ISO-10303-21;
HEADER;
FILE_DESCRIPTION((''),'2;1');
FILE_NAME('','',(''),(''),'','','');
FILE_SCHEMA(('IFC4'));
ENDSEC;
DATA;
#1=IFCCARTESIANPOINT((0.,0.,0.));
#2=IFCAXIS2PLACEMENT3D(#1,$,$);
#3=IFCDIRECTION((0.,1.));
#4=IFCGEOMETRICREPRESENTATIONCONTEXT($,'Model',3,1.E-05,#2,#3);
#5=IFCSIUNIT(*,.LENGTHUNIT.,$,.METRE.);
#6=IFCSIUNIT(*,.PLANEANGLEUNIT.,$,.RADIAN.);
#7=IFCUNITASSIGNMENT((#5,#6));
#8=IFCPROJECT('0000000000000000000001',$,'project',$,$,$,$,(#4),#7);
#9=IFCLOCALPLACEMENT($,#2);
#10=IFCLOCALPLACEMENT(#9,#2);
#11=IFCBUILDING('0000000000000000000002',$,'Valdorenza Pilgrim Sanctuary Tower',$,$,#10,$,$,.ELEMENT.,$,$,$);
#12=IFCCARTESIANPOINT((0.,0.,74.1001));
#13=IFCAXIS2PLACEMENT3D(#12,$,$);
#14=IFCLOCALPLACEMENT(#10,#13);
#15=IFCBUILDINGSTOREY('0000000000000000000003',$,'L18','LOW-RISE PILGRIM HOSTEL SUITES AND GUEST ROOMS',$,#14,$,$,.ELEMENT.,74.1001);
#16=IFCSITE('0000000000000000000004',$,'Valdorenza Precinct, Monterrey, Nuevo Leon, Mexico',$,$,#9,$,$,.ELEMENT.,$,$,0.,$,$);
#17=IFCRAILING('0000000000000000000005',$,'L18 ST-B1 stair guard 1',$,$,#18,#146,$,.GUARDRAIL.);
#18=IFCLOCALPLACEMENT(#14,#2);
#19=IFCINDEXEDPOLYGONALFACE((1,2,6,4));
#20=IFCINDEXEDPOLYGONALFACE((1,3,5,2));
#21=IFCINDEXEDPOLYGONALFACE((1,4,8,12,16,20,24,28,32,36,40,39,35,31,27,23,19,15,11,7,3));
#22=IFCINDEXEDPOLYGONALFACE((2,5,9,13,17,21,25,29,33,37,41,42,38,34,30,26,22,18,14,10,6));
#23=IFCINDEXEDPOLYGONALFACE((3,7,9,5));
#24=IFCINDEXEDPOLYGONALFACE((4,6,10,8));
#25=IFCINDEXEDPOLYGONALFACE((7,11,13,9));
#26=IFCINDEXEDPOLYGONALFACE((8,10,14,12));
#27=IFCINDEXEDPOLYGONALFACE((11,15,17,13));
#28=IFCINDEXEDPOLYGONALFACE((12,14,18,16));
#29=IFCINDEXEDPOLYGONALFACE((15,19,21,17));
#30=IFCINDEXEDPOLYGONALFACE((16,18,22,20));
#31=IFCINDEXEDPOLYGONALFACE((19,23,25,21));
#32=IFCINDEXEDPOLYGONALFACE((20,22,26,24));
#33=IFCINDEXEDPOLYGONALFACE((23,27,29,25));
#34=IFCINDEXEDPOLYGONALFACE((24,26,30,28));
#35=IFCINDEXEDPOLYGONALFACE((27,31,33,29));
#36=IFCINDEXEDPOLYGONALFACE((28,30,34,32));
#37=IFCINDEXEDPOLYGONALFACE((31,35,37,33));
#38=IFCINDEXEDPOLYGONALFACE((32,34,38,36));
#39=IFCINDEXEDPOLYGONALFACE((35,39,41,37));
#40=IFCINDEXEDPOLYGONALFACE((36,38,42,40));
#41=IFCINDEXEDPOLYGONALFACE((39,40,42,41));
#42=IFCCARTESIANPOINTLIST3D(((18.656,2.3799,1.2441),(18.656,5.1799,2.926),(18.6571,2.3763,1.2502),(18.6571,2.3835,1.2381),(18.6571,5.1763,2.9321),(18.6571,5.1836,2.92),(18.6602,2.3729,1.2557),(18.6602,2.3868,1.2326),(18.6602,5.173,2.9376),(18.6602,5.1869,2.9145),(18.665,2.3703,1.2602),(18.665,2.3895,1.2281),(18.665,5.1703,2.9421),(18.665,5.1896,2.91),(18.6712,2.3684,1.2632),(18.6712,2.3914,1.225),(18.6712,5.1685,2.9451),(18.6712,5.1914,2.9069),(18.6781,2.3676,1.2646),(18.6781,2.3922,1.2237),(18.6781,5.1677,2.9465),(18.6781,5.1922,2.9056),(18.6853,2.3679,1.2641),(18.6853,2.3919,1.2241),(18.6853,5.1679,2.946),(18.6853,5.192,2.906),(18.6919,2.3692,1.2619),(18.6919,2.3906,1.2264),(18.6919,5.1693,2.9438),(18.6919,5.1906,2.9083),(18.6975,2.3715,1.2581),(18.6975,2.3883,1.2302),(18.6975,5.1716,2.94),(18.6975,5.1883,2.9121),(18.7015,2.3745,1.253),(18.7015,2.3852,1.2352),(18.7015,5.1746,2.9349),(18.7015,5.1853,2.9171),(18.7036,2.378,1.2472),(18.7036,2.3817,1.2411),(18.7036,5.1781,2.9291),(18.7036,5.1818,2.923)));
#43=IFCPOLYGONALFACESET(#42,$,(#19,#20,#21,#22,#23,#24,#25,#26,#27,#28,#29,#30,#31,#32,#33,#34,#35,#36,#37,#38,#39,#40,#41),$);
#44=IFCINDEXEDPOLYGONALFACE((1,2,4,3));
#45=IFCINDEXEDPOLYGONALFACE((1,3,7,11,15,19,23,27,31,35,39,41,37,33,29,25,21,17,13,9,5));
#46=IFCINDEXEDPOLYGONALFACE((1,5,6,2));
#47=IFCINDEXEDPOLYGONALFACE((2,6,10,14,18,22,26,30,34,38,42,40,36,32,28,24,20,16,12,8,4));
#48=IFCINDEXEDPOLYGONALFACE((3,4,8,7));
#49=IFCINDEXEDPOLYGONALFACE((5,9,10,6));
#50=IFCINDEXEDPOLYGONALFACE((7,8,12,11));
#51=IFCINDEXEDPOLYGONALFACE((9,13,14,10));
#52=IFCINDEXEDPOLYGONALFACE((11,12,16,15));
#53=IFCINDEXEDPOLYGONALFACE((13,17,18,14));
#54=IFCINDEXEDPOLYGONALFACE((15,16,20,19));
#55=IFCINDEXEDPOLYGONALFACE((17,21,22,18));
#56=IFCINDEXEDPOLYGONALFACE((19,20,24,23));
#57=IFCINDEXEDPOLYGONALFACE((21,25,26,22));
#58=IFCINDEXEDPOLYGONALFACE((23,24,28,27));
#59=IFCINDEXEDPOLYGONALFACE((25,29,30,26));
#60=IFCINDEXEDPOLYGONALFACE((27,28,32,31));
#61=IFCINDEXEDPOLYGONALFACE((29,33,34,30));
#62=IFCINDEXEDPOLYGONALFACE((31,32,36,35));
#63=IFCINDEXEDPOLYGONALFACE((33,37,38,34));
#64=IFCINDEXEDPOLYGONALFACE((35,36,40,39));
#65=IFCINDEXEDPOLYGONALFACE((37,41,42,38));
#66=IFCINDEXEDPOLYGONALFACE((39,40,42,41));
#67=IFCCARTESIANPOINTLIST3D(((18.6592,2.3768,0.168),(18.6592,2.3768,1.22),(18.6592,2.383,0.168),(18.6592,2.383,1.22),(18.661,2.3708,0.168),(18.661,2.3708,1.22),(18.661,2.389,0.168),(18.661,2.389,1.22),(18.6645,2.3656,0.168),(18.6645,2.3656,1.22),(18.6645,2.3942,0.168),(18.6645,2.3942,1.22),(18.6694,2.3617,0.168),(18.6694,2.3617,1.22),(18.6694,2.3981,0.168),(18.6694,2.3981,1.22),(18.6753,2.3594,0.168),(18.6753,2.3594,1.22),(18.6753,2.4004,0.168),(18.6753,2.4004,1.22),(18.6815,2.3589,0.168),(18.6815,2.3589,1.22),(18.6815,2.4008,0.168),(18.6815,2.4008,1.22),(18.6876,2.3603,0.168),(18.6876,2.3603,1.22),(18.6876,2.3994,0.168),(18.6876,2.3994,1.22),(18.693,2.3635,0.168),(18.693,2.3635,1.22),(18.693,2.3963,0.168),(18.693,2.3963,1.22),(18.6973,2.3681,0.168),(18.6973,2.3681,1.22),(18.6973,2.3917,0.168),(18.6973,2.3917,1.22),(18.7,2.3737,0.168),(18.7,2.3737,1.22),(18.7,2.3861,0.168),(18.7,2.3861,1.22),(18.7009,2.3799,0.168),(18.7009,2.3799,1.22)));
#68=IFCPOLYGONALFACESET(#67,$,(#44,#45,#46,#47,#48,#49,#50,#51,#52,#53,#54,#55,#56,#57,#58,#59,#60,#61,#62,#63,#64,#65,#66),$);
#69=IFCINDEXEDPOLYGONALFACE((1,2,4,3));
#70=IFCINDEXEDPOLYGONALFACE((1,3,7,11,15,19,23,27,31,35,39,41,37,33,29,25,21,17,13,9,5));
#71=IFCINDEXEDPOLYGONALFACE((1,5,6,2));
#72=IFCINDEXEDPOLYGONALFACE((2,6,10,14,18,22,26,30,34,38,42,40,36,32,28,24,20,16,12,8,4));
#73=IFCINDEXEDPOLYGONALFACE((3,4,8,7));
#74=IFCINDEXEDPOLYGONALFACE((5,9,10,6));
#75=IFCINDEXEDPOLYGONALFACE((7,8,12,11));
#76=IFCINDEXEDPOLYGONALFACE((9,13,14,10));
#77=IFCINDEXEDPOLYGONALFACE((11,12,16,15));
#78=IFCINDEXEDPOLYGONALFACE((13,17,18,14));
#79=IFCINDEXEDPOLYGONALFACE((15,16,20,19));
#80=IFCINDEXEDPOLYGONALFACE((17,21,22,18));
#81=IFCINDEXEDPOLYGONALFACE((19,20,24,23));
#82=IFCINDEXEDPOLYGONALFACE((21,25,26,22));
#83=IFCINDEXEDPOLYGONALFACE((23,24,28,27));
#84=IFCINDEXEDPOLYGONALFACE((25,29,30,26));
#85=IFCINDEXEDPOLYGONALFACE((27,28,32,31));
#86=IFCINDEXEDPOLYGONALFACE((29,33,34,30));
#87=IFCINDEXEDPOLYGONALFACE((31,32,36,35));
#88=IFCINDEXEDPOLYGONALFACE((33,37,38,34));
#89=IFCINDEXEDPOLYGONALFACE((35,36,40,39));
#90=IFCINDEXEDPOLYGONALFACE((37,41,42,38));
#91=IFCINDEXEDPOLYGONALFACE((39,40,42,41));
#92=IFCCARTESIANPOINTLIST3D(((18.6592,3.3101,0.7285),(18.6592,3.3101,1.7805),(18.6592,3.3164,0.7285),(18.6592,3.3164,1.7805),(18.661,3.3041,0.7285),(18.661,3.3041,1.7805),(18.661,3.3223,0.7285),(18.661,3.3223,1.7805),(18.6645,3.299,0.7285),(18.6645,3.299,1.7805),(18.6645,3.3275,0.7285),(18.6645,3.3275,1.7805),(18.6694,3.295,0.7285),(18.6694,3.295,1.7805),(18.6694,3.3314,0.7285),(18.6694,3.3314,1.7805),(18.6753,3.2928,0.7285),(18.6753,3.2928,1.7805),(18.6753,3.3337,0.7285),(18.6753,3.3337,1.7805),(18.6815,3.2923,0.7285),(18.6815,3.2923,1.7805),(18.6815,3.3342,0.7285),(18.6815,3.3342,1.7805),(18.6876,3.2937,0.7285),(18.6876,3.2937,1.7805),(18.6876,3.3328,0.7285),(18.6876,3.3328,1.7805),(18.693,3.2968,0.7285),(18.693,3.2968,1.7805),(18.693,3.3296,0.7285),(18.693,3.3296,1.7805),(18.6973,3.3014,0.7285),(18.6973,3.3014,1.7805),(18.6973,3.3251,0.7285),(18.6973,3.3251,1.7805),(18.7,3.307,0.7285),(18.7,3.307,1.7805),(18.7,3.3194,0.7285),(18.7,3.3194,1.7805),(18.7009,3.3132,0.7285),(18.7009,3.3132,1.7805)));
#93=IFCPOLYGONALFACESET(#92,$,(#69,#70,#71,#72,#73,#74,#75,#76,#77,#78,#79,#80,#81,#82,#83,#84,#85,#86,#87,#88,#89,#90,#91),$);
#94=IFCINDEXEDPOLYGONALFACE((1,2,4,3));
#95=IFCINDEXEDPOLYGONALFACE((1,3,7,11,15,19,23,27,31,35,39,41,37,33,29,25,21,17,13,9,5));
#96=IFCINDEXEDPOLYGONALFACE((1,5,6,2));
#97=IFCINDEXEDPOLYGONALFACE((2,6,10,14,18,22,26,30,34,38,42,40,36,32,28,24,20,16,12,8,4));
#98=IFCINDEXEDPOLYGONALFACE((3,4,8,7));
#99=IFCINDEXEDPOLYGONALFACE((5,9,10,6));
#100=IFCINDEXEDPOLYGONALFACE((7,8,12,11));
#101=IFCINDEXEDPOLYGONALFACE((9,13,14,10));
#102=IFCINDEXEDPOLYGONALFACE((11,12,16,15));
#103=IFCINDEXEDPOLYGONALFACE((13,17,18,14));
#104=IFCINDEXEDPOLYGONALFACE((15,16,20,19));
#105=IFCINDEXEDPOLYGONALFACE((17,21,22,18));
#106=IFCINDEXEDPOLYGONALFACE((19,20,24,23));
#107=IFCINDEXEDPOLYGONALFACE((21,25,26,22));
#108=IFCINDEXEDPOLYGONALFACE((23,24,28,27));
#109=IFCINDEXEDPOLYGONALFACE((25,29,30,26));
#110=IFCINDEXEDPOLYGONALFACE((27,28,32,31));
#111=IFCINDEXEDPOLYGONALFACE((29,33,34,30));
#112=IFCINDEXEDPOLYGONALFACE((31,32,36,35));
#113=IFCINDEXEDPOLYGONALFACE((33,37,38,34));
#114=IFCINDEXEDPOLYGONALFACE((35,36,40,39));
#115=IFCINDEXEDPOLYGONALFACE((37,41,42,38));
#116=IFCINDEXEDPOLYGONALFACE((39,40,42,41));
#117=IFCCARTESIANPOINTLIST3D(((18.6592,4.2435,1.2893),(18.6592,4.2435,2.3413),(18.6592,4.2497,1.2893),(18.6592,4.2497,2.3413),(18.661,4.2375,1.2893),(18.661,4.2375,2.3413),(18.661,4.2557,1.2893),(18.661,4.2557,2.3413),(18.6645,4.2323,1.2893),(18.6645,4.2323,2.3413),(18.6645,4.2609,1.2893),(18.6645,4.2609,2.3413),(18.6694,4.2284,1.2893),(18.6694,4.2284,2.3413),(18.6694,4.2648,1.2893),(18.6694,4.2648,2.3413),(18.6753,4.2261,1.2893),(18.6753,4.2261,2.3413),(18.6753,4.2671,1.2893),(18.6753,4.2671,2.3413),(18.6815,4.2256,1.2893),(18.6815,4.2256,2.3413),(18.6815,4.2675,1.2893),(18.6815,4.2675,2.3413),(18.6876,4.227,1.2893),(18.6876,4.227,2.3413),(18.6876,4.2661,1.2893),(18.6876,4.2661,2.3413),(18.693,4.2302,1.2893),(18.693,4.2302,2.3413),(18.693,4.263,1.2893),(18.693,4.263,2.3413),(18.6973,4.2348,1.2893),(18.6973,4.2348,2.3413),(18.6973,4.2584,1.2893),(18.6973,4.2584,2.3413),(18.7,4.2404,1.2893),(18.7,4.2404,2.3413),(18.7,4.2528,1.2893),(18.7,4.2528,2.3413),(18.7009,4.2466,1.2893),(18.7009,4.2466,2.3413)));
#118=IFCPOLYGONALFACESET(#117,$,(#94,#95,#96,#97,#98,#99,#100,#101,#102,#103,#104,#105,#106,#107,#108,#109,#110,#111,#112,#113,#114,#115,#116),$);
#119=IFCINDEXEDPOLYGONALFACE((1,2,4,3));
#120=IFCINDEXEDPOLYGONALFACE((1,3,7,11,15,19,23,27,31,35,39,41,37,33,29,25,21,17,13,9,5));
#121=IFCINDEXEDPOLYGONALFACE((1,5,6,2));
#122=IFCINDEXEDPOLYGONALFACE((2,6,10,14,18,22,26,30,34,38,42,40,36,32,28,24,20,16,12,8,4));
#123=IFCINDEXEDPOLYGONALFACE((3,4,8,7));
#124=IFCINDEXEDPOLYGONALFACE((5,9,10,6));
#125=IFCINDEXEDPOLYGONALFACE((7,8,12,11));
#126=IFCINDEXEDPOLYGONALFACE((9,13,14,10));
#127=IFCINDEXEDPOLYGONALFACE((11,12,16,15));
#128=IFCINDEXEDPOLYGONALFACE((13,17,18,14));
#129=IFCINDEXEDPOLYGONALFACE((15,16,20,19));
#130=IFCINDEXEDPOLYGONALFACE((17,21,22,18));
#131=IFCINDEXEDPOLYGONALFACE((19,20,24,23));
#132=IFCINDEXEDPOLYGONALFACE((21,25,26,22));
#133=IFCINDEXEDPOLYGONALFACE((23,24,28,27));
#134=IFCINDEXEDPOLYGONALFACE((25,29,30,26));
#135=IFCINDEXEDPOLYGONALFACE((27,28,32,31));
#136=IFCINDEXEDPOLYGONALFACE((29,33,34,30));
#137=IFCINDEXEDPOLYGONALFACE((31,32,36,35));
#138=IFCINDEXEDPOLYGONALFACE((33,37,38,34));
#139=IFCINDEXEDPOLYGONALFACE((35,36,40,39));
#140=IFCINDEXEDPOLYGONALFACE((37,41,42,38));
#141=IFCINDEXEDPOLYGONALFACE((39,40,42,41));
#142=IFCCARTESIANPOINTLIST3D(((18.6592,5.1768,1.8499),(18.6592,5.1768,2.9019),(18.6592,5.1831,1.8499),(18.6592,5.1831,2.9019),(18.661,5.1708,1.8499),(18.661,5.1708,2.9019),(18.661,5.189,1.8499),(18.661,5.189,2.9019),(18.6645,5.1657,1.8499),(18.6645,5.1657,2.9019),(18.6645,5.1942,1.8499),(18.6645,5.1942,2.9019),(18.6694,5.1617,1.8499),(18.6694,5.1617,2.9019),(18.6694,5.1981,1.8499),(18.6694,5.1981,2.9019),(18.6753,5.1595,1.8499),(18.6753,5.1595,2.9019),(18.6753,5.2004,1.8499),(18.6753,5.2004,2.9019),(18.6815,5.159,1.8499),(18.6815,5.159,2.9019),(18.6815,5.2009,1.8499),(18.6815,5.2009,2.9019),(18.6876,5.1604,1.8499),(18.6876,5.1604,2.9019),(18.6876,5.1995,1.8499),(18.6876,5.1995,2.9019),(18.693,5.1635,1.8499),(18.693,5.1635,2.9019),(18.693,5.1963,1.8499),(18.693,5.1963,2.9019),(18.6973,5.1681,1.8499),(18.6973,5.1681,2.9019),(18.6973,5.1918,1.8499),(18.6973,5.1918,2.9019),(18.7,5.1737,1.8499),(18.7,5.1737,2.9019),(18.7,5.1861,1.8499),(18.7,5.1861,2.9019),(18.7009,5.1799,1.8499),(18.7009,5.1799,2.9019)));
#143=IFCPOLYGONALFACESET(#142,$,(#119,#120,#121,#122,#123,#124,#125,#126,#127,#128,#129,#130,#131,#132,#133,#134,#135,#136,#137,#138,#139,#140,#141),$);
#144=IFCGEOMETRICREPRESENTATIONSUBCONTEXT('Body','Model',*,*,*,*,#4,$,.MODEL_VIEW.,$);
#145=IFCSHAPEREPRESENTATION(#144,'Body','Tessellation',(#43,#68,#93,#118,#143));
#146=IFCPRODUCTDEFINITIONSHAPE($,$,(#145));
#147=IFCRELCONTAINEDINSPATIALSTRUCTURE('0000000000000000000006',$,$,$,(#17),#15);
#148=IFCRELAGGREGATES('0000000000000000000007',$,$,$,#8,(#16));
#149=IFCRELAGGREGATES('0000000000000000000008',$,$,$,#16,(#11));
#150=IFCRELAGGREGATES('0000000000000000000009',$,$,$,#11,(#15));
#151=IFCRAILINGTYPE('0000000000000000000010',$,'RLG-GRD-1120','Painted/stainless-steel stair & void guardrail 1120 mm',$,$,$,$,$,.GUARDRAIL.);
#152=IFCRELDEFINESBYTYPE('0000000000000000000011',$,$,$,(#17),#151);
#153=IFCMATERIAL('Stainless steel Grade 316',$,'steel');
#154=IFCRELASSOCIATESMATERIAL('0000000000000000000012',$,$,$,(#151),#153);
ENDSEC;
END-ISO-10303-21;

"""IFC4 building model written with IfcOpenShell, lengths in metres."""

from ifc_helpers import new_model, si_unit, direction, frame, origin, origin_2d, place, context, subcontext, project, spatial, circle, extrude, material, type_object, element, save


model = new_model("IFC4")

# Units and contexts
model_context = context("Model", 3, precision=1e-05, world=origin(), true_north=direction((0.0, 1.0)))
body_context = subcontext(model_context, "Body", "Model", "MODEL_VIEW")
ifc_project = project(units=[si_unit("LENGTHUNIT", "METRE"), si_unit("PLANEANGLEUNIT", "RADIAN")], contexts=[model_context])

# Site, building, storey
site_placement = place(None, origin())
site = spatial("IfcSite", under=ifc_project, at=site_placement, Name="Valdorenza Precinct, Monterrey, Nuevo Leon, Mexico", CompositionType="ELEMENT", RefElevation=0.0)
building_placement = place(site_placement, origin())
building = spatial("IfcBuilding", under=site, at=building_placement, Name="Valdorenza Pilgrim Sanctuary Tower", CompositionType="ELEMENT")
storey_placement = place(building_placement, frame((0.0, 0.0, 74.1001)))
storey = spatial("IfcBuildingStorey", under=building, at=storey_placement, Name="L18", Description="LOW-RISE PILGRIM HOSTEL SUITES AND GUEST ROOMS", CompositionType="ELEMENT", Elevation=74.1001)

# Railing
ifc_material_1 = material(Name="Stainless steel Grade 316", Category="steel")
railing_type_1 = type_object("IfcRailingType", Name="RLG-GRD-1120", Description="Painted/stainless-steel stair & void guardrail 1120 mm", PredefinedType="GUARDRAIL", material=ifc_material_1)
railing_1_placement = place(storey_placement, frame((18.6799, 2.3799, 0.168)))
element("IfcRailing", 1, at=railing_1_placement, inside=storey, type_object=railing_type_1, Name="L18 ST-B1 stair guard 1", PredefinedType="GUARDRAIL", context=body_context, shape_type="SweptSolid", body=[
    extrude(circle(Radius=0.0239, at=origin_2d()), frame((0.0, 0.0, 1.0762), z_axis=(0.0, 0.857242, 0.514913), x_axis=(-1.0, 0.0, 0.0)), (0.0, 0.0, 1.0), 3.2664),
    extrude(circle(Radius=0.021, at=origin_2d()), origin(), (0.0, 0.0, 1.0), 1.052),
    extrude(circle(Radius=0.021, at=origin_2d()), frame((0.0, 0.9333, 0.5605)), (0.0, 0.0, 1.0), 1.052),
    extrude(circle(Radius=0.021, at=origin_2d()), frame((0.0, 1.8667, 1.1213)), (0.0, 0.0, 1.0), 1.052),
    extrude(circle(Radius=0.021, at=origin_2d()), frame((0.0, 2.8, 1.6819)), (0.0, 0.0, 1.0), 1.052),
])

save(model, "model.ifc")
